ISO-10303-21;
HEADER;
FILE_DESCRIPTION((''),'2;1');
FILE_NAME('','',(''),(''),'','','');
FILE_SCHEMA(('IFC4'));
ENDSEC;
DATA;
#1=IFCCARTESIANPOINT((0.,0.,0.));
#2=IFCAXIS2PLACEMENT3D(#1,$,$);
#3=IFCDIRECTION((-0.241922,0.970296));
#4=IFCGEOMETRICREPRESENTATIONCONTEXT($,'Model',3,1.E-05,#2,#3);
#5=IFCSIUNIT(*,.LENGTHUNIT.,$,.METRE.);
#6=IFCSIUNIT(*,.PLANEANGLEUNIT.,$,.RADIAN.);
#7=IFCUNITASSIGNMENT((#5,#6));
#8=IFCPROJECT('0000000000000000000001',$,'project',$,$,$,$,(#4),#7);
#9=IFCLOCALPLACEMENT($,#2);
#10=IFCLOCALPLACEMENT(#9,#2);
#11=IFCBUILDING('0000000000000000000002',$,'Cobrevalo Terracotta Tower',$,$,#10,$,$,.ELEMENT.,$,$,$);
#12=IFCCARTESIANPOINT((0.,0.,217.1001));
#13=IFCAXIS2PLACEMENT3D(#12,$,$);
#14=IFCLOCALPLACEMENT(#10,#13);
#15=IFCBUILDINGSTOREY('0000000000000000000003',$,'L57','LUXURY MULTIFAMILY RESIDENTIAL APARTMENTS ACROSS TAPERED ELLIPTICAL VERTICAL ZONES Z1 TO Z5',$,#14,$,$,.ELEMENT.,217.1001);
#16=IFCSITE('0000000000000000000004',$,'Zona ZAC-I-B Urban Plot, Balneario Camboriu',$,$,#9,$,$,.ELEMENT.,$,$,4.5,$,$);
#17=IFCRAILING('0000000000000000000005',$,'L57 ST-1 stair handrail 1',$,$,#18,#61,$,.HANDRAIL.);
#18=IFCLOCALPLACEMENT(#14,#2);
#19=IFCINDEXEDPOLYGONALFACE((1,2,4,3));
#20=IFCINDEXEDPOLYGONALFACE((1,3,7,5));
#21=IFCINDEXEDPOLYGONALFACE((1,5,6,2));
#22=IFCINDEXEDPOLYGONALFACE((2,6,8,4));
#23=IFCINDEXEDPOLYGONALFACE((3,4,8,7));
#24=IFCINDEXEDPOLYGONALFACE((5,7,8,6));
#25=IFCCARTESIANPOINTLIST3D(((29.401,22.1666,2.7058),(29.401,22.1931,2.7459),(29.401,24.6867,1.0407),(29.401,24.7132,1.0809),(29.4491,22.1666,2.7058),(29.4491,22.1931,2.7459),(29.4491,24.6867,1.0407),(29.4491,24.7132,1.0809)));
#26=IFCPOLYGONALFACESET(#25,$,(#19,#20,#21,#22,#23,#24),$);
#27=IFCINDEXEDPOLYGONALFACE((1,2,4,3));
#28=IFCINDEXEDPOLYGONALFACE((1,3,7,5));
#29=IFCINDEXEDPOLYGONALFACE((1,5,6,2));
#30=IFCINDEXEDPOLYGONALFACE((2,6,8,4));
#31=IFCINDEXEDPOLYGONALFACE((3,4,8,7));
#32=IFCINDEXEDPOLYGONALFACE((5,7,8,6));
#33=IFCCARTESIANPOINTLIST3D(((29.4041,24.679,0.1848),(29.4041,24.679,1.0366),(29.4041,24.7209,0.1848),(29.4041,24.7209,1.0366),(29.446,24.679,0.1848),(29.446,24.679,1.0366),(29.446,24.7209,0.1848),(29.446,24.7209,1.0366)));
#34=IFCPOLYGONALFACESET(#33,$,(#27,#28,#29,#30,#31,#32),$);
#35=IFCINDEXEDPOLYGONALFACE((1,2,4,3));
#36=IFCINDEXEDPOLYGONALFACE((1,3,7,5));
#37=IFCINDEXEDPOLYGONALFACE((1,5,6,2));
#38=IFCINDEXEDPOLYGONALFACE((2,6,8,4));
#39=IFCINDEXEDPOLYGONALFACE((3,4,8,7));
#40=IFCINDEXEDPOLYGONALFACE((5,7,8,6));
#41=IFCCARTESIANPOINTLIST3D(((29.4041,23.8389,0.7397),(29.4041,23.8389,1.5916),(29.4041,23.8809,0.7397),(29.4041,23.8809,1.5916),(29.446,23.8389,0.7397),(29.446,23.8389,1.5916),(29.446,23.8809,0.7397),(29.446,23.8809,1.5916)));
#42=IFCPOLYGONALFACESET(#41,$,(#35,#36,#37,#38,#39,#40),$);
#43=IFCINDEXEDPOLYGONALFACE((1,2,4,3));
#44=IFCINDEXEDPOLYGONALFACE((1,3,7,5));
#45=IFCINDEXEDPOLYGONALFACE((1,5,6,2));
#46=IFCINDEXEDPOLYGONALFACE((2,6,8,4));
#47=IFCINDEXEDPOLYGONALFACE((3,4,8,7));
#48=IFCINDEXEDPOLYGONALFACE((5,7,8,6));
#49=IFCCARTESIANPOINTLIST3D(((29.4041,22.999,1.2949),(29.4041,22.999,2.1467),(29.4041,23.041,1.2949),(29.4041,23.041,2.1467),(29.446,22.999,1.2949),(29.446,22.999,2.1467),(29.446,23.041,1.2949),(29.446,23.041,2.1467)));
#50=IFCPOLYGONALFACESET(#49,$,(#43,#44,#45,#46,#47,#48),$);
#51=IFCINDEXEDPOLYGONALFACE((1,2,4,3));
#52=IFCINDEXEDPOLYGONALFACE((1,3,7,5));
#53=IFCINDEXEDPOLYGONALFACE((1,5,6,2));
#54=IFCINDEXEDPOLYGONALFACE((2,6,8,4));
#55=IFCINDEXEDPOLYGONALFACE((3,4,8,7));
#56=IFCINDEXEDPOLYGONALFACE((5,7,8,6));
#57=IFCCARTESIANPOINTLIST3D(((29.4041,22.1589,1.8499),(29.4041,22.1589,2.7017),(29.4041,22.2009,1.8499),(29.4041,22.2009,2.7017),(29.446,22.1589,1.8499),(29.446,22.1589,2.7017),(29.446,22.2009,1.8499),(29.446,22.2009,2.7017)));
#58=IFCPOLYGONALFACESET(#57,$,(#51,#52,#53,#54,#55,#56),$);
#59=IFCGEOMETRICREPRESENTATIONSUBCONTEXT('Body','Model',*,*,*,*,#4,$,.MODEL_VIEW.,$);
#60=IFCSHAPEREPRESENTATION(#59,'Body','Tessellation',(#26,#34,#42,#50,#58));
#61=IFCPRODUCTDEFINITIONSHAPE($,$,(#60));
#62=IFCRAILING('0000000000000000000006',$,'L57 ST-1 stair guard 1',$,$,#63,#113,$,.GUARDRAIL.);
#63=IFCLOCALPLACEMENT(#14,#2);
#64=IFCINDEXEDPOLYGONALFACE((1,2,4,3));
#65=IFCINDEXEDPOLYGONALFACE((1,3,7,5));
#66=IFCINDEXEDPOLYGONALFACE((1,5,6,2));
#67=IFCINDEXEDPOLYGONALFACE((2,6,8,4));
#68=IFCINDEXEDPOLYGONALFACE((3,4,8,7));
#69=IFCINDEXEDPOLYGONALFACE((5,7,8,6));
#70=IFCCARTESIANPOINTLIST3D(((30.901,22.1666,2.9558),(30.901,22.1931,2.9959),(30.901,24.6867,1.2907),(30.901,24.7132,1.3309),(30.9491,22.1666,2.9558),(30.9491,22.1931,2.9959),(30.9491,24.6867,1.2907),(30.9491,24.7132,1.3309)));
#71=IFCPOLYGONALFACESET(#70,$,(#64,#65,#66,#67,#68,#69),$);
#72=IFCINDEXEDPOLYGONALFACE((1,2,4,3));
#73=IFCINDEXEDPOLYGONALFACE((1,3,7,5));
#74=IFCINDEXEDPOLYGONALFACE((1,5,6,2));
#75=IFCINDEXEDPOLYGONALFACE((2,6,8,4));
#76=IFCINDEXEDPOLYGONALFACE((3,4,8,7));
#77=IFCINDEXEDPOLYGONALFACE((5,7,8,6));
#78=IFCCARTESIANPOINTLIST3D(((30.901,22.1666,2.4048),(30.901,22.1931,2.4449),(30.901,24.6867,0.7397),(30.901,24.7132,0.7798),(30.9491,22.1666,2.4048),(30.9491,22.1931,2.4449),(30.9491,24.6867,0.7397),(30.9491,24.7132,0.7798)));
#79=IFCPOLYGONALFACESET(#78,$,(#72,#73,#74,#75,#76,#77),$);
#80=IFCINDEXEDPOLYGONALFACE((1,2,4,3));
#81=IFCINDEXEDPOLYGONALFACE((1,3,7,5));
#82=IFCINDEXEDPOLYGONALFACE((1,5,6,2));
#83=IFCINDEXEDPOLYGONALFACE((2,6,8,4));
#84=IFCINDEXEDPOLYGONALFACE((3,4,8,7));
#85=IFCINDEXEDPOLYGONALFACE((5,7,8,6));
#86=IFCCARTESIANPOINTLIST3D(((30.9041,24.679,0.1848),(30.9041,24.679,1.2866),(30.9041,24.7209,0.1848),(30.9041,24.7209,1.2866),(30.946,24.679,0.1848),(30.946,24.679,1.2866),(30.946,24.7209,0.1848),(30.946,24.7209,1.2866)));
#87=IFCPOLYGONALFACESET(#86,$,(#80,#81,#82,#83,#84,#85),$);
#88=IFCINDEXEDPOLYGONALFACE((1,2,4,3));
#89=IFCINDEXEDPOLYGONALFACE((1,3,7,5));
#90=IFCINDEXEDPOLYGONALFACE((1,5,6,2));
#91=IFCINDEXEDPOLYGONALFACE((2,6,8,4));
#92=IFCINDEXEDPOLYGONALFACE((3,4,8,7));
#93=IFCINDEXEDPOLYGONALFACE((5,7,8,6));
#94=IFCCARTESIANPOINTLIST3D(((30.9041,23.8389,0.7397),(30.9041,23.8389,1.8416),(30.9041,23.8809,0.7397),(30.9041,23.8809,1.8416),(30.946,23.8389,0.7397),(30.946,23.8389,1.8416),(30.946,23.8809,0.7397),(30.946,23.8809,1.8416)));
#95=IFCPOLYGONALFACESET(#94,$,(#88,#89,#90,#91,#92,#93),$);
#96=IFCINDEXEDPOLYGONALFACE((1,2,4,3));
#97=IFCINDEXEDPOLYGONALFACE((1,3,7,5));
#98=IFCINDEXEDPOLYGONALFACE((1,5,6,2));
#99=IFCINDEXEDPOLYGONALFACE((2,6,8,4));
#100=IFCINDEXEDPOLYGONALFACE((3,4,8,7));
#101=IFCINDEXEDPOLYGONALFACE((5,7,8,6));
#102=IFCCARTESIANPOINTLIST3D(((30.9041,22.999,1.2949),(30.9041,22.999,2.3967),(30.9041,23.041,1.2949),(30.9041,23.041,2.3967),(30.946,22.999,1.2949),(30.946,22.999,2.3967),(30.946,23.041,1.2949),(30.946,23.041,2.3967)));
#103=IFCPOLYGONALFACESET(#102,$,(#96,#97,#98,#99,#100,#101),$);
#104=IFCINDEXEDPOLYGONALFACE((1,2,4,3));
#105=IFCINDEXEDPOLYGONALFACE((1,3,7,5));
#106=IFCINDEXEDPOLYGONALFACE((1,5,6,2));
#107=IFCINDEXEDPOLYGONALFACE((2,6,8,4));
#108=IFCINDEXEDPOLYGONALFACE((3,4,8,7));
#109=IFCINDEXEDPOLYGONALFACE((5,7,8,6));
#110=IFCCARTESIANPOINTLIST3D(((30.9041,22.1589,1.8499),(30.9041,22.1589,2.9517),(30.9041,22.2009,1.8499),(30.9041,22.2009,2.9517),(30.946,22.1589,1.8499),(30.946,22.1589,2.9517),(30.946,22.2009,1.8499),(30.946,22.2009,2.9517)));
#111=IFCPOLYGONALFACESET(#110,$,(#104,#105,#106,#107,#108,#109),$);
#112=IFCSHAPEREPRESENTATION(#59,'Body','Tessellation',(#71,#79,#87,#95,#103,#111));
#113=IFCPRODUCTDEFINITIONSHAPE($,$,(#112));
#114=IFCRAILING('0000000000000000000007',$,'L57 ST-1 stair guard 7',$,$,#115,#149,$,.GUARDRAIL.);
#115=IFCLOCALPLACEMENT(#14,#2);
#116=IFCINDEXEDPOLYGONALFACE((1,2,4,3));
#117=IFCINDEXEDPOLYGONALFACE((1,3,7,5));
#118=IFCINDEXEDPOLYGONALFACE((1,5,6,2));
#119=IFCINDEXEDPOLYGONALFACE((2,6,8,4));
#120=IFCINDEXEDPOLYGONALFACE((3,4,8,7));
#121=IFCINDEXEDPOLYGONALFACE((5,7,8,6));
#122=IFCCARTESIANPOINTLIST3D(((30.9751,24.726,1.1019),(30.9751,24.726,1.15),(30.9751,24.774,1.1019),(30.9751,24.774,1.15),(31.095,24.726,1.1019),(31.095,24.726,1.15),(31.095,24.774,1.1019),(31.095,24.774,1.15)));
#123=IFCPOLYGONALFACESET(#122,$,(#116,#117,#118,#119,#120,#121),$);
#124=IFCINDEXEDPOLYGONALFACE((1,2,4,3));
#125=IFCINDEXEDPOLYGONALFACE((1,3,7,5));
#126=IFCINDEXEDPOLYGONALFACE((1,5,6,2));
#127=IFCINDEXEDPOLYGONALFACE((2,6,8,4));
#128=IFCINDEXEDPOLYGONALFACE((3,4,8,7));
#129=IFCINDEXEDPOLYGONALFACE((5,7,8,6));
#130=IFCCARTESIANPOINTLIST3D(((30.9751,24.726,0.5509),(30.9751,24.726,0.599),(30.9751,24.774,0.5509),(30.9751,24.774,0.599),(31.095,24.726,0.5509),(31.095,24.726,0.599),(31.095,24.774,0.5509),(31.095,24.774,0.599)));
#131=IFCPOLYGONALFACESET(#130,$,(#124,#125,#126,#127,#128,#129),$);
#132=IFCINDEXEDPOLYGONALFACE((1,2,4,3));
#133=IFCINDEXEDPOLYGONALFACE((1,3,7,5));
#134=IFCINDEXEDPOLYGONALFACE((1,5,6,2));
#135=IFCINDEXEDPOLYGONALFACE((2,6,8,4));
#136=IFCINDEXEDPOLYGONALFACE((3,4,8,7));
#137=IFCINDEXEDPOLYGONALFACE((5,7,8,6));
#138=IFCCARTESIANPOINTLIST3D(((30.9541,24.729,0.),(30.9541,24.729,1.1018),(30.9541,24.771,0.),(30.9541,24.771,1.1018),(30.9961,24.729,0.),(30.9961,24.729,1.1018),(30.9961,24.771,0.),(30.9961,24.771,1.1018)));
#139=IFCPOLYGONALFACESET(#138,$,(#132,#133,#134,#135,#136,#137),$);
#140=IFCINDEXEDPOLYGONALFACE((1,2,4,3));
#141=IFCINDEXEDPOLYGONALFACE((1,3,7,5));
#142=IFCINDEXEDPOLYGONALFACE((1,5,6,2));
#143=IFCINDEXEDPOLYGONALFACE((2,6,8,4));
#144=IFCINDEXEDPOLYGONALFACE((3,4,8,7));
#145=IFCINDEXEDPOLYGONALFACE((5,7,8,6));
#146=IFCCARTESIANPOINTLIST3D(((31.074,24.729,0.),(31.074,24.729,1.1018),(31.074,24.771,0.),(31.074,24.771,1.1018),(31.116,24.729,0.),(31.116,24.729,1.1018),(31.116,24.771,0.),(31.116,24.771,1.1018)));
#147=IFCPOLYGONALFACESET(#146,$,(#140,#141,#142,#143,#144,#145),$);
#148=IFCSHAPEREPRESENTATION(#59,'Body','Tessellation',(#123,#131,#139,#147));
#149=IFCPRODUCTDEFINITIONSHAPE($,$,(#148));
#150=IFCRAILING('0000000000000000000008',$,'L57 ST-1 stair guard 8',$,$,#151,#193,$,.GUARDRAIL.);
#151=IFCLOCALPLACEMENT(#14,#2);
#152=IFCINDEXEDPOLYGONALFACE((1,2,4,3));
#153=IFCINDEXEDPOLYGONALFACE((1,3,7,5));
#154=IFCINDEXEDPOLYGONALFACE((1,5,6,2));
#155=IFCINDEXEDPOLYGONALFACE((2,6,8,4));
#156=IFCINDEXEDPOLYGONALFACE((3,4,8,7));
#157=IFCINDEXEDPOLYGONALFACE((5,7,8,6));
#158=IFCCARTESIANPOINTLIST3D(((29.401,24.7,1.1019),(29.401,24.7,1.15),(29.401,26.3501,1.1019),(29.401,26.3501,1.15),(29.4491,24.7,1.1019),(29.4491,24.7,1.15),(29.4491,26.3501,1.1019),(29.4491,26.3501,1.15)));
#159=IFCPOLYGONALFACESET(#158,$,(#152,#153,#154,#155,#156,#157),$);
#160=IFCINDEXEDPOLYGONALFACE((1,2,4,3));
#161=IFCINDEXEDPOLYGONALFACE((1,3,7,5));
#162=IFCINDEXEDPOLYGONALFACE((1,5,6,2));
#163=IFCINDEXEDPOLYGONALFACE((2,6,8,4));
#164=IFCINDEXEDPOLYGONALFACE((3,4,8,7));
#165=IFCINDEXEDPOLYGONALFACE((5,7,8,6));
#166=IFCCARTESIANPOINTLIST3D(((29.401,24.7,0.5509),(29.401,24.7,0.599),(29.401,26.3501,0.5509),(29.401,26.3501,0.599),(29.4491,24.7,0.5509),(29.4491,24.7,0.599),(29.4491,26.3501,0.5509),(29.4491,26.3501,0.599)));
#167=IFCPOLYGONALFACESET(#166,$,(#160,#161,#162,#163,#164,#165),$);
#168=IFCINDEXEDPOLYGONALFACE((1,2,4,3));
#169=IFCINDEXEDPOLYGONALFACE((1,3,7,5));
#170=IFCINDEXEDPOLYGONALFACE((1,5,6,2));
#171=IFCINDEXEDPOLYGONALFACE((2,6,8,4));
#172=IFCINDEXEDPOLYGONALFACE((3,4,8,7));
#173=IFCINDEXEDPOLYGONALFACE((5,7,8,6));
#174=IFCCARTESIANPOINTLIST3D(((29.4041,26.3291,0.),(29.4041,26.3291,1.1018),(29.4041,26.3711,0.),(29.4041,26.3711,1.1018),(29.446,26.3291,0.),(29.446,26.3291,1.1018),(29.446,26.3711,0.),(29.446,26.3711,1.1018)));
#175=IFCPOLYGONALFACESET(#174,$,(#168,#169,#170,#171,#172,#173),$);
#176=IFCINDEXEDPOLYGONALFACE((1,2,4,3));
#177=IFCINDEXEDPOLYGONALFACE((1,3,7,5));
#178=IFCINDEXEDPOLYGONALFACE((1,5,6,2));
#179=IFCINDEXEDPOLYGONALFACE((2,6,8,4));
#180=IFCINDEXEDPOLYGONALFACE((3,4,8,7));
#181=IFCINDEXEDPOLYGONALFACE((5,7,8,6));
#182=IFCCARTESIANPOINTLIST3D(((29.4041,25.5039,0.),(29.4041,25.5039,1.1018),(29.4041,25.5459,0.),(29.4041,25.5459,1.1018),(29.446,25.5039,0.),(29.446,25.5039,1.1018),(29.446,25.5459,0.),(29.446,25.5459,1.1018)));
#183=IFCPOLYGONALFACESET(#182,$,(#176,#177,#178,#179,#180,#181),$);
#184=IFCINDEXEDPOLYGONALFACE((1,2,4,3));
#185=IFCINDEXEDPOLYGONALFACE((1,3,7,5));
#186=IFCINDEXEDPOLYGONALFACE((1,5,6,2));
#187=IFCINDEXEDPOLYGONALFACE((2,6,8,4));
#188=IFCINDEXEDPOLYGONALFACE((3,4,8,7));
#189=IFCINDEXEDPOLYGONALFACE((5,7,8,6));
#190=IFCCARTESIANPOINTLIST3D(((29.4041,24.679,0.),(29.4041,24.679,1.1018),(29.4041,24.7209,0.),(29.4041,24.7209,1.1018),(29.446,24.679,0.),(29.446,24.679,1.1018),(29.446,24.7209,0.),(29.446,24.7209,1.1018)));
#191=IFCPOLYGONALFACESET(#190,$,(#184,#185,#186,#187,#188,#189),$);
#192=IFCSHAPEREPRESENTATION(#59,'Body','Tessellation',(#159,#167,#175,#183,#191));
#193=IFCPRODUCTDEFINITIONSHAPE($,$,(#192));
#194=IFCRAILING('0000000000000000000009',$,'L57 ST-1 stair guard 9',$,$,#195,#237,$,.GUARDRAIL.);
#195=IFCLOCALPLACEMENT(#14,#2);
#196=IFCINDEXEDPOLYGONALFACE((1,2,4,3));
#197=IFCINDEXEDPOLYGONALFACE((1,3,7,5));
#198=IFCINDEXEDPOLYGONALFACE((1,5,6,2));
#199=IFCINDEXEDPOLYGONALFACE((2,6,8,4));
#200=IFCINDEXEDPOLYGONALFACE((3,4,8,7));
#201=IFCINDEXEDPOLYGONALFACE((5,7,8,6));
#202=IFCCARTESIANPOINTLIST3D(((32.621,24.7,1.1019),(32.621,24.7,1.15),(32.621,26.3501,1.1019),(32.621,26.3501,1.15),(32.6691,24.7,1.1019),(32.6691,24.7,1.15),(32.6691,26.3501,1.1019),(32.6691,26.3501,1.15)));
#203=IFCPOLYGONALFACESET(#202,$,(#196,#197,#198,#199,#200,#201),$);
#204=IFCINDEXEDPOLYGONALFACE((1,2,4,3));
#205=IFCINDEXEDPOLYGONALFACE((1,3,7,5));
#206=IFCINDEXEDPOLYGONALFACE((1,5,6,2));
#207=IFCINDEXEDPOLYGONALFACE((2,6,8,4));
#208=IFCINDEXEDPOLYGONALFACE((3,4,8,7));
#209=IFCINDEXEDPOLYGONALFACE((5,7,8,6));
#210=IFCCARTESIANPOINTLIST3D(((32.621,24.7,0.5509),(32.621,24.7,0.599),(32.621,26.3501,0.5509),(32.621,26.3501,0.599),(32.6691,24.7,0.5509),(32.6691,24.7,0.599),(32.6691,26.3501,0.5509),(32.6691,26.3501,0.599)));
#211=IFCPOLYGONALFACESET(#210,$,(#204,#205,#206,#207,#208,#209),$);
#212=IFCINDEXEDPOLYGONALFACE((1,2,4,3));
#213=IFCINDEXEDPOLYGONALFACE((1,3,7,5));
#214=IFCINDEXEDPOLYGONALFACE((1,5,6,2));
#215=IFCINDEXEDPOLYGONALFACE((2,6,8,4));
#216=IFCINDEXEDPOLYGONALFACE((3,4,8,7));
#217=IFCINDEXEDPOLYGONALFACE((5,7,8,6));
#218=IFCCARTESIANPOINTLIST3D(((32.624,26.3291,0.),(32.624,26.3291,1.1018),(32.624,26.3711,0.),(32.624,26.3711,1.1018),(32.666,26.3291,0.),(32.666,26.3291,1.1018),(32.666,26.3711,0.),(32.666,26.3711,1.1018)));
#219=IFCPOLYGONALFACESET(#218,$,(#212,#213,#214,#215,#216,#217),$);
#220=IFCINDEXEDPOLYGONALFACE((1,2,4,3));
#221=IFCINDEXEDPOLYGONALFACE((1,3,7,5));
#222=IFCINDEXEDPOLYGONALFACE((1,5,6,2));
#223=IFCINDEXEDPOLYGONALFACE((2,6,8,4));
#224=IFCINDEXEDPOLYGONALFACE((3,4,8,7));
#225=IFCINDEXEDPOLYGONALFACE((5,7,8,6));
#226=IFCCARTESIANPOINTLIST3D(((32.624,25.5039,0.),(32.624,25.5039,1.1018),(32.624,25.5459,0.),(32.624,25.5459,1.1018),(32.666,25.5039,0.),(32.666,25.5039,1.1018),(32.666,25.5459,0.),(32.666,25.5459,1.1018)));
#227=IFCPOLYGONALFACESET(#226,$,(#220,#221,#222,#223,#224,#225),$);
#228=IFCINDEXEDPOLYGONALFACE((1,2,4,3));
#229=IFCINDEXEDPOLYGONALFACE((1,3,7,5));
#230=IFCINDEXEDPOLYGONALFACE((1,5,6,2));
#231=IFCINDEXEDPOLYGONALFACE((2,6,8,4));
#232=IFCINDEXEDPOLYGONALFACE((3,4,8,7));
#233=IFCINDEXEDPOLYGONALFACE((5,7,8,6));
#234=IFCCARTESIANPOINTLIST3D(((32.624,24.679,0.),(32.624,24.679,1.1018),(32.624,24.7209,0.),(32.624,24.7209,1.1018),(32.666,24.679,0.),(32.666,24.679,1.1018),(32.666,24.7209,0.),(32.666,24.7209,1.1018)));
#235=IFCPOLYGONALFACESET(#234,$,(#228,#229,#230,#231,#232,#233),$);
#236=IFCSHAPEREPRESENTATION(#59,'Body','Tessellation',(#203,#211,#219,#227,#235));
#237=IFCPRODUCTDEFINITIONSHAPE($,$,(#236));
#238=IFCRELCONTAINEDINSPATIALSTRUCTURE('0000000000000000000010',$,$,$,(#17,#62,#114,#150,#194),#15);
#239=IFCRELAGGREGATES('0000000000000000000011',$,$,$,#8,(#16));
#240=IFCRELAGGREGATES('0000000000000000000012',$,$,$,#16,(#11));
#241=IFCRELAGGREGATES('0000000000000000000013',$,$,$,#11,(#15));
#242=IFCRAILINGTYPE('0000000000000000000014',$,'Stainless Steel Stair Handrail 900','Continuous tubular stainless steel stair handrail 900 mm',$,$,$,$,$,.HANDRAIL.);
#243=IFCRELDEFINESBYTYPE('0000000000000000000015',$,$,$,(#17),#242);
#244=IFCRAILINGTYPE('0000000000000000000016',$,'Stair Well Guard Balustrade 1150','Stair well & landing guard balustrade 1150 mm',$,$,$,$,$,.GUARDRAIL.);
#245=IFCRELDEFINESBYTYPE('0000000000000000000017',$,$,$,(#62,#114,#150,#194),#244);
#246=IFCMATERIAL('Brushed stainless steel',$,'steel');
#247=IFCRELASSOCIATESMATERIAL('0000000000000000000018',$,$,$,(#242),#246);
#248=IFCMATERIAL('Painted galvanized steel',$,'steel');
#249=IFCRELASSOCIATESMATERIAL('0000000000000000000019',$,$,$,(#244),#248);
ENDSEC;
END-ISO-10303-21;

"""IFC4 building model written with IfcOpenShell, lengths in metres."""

from ifc_helpers import new_model, si_unit, direction, frame, origin, origin_2d, place, context, subcontext, project, spatial, rectangle, extrude, material, type_object, element, save


model = new_model("IFC4")

# Units and contexts
model_context = context("Model", 3, precision=1e-05, world=origin(), true_north=direction((-0.241922, 0.970296)))
body_context = subcontext(model_context, "Body", "Model", "MODEL_VIEW")
ifc_project = project(units=[si_unit("LENGTHUNIT", "METRE"), si_unit("PLANEANGLEUNIT", "RADIAN")], contexts=[model_context])

# Site, building, storey
site_placement = place(None, origin())
site = spatial("IfcSite", under=ifc_project, at=site_placement, Name="Zona ZAC-I-B Urban Plot, Balneario Camboriu", CompositionType="ELEMENT", RefElevation=4.5)
building_placement = place(site_placement, origin())
building = spatial("IfcBuilding", under=site, at=building_placement, Name="Cobrevalo Terracotta Tower", CompositionType="ELEMENT")
storey_placement = place(building_placement, frame((0.0, 0.0, 217.1001)))
storey = spatial("IfcBuildingStorey", under=building, at=storey_placement, Name="L57", Description="LUXURY MULTIFAMILY RESIDENTIAL APARTMENTS ACROSS TAPERED ELLIPTICAL VERTICAL ZONES Z1 TO Z5", CompositionType="ELEMENT", Elevation=217.1001)

# Shared definitions
ifc_material_1 = material(Name="Brushed stainless steel", Category="steel")

# Railings
railing_type_1 = type_object("IfcRailingType", Name="Stainless Steel Stair Handrail 900", Description="Continuous tubular stainless steel stair handrail 900 mm", PredefinedType="HANDRAIL", material=ifc_material_1)
railing_1_placement = place(storey_placement, frame((29.425, 24.7, 0.1848)))
element("IfcRailing", 1, at=railing_1_placement, inside=storey, type_object=railing_type_1, Name="L57 ST-1 stair handrail 1", PredefinedType="HANDRAIL", context=body_context, shape_type="SweptSolid", body=[
    extrude(rectangle(XDim=0.0481, YDim=0.0481, at=origin_2d()), frame((0.0, 0.0, 0.876), z_axis=(0.0, -0.834331, 0.551263), x_axis=(1.0, 0.0, 0.0)), (0.0, 0.0, 1.0), 3.0205),
    extrude(rectangle(XDim=0.042, YDim=0.042, at=origin_2d()), origin(), (0.0, 0.0, 1.0), 0.8518),
    extrude(rectangle(XDim=0.042, YDim=0.042, at=origin_2d()), frame((0.0, -0.8401, 0.5549)), (0.0, 0.0, 1.0), 0.8518),
    extrude(rectangle(XDim=0.042, YDim=0.042, at=origin_2d()), frame((0.0, -1.6799, 1.1101)), (0.0, 0.0, 1.0), 0.8518),
    extrude(rectangle(XDim=0.042, YDim=0.042, at=origin_2d()), frame((0.0, -2.52, 1.665)), (0.0, 0.0, 1.0), 0.8518),
])
ifc_material_2 = material(Name="Painted galvanized steel", Category="steel")
railing_type_2 = type_object("IfcRailingType", Name="Stair Well Guard Balustrade 1150", Description="Stair well & landing guard balustrade 1150 mm", PredefinedType="GUARDRAIL", material=ifc_material_2)
railing_2_placement = place(storey_placement, frame((30.925, 24.7, 0.1848)))
element("IfcRailing", 2, at=railing_2_placement, inside=storey, type_object=railing_type_2, Name="L57 ST-1 stair guard 1", PredefinedType="GUARDRAIL", context=body_context, shape_type="SweptSolid", body=[
    extrude(rectangle(XDim=0.0481, YDim=0.0481, at=origin_2d()), frame((0.0, 0.0, 1.126), z_axis=(0.0, -0.834331, 0.551263), x_axis=(1.0, 0.0, 0.0)), (0.0, 0.0, 1.0), 3.0205),
    extrude(rectangle(XDim=0.0481, YDim=0.0481, at=origin_2d()), frame((0.0, 0.0, 0.575), z_axis=(0.0, -0.834331, 0.551263), x_axis=(1.0, 0.0, 0.0)), (0.0, 0.0, 1.0), 3.0205),
    extrude(rectangle(XDim=0.042, YDim=0.042, at=origin_2d()), origin(), (0.0, 0.0, 1.0), 1.1018),
    extrude(rectangle(XDim=0.042, YDim=0.042, at=origin_2d()), frame((0.0, -0.8401, 0.5549)), (0.0, 0.0, 1.0), 1.1018),
    extrude(rectangle(XDim=0.042, YDim=0.042, at=origin_2d()), frame((0.0, -1.6799, 1.1101)), (0.0, 0.0, 1.0), 1.1018),
    extrude(rectangle(XDim=0.042, YDim=0.042, at=origin_2d()), frame((0.0, -2.52, 1.665)), (0.0, 0.0, 1.0), 1.1018),
])
railing_3_placement = place(storey_placement, frame((30.9751, 24.75, 0.0)))
element("IfcRailing", 3, at=railing_3_placement, inside=storey, type_object=railing_type_2, Name="L57 ST-1 stair guard 7", PredefinedType="GUARDRAIL", context=body_context, shape_type="SweptSolid", body=[
    extrude(rectangle(XDim=0.0481, YDim=0.0481, at=origin_2d()), frame((0.0, 0.0, 1.126), z_axis=(1.0, 0.0, 0.0), x_axis=(0.0, 1.0, 0.0)), (0.0, 0.0, 1.0), 0.1199),
    extrude(rectangle(XDim=0.0481, YDim=0.0481, at=origin_2d()), frame((0.0, 0.0, 0.575), z_axis=(1.0, 0.0, 0.0), x_axis=(0.0, 1.0, 0.0)), (0.0, 0.0, 1.0), 0.1199),
    extrude(rectangle(XDim=0.042, YDim=0.042, at=origin_2d()), origin(), (0.0, 0.0, 1.0), 1.1018),
    extrude(rectangle(XDim=0.042, YDim=0.042, at=origin_2d()), frame((0.1199, 0.0, 0.0)), (0.0, 0.0, 1.0), 1.1018),
])
for number, where, name in (
    (4, (29.425, 26.3501, 0.0), "L57 ST-1 stair guard 8"),
    (5, (32.645, 26.3501, 0.0), "L57 ST-1 stair guard 9"),
):
    element("IfcRailing", number, at=place(storey_placement, frame(where)), inside=storey, type_object=railing_type_2, Name=name, PredefinedType="GUARDRAIL", context=body_context, shape_type="SweptSolid", body=[
        extrude(rectangle(XDim=0.0481, YDim=0.0481, at=origin_2d()), frame((0.0, 0.0, 1.126), z_axis=(0.0, -1.0, 0.0), x_axis=(1.0, 0.0, 0.0)), (0.0, 0.0, 1.0), 1.6501),
        extrude(rectangle(XDim=0.0481, YDim=0.0481, at=origin_2d()), frame((0.0, 0.0, 0.575), z_axis=(0.0, -1.0, 0.0), x_axis=(1.0, 0.0, 0.0)), (0.0, 0.0, 1.0), 1.6501),
        extrude(rectangle(XDim=0.042, YDim=0.042, at=origin_2d()), origin(), (0.0, 0.0, 1.0), 1.1018),
        extrude(rectangle(XDim=0.042, YDim=0.042, at=origin_2d()), frame((0.0, -0.8252, 0.0)), (0.0, 0.0, 1.0), 1.1018),
        extrude(rectangle(XDim=0.042, YDim=0.042, at=origin_2d()), frame((0.0, -1.6501, 0.0)), (0.0, 0.0, 1.0), 1.1018),
    ])

save(model, "model.ifc")
